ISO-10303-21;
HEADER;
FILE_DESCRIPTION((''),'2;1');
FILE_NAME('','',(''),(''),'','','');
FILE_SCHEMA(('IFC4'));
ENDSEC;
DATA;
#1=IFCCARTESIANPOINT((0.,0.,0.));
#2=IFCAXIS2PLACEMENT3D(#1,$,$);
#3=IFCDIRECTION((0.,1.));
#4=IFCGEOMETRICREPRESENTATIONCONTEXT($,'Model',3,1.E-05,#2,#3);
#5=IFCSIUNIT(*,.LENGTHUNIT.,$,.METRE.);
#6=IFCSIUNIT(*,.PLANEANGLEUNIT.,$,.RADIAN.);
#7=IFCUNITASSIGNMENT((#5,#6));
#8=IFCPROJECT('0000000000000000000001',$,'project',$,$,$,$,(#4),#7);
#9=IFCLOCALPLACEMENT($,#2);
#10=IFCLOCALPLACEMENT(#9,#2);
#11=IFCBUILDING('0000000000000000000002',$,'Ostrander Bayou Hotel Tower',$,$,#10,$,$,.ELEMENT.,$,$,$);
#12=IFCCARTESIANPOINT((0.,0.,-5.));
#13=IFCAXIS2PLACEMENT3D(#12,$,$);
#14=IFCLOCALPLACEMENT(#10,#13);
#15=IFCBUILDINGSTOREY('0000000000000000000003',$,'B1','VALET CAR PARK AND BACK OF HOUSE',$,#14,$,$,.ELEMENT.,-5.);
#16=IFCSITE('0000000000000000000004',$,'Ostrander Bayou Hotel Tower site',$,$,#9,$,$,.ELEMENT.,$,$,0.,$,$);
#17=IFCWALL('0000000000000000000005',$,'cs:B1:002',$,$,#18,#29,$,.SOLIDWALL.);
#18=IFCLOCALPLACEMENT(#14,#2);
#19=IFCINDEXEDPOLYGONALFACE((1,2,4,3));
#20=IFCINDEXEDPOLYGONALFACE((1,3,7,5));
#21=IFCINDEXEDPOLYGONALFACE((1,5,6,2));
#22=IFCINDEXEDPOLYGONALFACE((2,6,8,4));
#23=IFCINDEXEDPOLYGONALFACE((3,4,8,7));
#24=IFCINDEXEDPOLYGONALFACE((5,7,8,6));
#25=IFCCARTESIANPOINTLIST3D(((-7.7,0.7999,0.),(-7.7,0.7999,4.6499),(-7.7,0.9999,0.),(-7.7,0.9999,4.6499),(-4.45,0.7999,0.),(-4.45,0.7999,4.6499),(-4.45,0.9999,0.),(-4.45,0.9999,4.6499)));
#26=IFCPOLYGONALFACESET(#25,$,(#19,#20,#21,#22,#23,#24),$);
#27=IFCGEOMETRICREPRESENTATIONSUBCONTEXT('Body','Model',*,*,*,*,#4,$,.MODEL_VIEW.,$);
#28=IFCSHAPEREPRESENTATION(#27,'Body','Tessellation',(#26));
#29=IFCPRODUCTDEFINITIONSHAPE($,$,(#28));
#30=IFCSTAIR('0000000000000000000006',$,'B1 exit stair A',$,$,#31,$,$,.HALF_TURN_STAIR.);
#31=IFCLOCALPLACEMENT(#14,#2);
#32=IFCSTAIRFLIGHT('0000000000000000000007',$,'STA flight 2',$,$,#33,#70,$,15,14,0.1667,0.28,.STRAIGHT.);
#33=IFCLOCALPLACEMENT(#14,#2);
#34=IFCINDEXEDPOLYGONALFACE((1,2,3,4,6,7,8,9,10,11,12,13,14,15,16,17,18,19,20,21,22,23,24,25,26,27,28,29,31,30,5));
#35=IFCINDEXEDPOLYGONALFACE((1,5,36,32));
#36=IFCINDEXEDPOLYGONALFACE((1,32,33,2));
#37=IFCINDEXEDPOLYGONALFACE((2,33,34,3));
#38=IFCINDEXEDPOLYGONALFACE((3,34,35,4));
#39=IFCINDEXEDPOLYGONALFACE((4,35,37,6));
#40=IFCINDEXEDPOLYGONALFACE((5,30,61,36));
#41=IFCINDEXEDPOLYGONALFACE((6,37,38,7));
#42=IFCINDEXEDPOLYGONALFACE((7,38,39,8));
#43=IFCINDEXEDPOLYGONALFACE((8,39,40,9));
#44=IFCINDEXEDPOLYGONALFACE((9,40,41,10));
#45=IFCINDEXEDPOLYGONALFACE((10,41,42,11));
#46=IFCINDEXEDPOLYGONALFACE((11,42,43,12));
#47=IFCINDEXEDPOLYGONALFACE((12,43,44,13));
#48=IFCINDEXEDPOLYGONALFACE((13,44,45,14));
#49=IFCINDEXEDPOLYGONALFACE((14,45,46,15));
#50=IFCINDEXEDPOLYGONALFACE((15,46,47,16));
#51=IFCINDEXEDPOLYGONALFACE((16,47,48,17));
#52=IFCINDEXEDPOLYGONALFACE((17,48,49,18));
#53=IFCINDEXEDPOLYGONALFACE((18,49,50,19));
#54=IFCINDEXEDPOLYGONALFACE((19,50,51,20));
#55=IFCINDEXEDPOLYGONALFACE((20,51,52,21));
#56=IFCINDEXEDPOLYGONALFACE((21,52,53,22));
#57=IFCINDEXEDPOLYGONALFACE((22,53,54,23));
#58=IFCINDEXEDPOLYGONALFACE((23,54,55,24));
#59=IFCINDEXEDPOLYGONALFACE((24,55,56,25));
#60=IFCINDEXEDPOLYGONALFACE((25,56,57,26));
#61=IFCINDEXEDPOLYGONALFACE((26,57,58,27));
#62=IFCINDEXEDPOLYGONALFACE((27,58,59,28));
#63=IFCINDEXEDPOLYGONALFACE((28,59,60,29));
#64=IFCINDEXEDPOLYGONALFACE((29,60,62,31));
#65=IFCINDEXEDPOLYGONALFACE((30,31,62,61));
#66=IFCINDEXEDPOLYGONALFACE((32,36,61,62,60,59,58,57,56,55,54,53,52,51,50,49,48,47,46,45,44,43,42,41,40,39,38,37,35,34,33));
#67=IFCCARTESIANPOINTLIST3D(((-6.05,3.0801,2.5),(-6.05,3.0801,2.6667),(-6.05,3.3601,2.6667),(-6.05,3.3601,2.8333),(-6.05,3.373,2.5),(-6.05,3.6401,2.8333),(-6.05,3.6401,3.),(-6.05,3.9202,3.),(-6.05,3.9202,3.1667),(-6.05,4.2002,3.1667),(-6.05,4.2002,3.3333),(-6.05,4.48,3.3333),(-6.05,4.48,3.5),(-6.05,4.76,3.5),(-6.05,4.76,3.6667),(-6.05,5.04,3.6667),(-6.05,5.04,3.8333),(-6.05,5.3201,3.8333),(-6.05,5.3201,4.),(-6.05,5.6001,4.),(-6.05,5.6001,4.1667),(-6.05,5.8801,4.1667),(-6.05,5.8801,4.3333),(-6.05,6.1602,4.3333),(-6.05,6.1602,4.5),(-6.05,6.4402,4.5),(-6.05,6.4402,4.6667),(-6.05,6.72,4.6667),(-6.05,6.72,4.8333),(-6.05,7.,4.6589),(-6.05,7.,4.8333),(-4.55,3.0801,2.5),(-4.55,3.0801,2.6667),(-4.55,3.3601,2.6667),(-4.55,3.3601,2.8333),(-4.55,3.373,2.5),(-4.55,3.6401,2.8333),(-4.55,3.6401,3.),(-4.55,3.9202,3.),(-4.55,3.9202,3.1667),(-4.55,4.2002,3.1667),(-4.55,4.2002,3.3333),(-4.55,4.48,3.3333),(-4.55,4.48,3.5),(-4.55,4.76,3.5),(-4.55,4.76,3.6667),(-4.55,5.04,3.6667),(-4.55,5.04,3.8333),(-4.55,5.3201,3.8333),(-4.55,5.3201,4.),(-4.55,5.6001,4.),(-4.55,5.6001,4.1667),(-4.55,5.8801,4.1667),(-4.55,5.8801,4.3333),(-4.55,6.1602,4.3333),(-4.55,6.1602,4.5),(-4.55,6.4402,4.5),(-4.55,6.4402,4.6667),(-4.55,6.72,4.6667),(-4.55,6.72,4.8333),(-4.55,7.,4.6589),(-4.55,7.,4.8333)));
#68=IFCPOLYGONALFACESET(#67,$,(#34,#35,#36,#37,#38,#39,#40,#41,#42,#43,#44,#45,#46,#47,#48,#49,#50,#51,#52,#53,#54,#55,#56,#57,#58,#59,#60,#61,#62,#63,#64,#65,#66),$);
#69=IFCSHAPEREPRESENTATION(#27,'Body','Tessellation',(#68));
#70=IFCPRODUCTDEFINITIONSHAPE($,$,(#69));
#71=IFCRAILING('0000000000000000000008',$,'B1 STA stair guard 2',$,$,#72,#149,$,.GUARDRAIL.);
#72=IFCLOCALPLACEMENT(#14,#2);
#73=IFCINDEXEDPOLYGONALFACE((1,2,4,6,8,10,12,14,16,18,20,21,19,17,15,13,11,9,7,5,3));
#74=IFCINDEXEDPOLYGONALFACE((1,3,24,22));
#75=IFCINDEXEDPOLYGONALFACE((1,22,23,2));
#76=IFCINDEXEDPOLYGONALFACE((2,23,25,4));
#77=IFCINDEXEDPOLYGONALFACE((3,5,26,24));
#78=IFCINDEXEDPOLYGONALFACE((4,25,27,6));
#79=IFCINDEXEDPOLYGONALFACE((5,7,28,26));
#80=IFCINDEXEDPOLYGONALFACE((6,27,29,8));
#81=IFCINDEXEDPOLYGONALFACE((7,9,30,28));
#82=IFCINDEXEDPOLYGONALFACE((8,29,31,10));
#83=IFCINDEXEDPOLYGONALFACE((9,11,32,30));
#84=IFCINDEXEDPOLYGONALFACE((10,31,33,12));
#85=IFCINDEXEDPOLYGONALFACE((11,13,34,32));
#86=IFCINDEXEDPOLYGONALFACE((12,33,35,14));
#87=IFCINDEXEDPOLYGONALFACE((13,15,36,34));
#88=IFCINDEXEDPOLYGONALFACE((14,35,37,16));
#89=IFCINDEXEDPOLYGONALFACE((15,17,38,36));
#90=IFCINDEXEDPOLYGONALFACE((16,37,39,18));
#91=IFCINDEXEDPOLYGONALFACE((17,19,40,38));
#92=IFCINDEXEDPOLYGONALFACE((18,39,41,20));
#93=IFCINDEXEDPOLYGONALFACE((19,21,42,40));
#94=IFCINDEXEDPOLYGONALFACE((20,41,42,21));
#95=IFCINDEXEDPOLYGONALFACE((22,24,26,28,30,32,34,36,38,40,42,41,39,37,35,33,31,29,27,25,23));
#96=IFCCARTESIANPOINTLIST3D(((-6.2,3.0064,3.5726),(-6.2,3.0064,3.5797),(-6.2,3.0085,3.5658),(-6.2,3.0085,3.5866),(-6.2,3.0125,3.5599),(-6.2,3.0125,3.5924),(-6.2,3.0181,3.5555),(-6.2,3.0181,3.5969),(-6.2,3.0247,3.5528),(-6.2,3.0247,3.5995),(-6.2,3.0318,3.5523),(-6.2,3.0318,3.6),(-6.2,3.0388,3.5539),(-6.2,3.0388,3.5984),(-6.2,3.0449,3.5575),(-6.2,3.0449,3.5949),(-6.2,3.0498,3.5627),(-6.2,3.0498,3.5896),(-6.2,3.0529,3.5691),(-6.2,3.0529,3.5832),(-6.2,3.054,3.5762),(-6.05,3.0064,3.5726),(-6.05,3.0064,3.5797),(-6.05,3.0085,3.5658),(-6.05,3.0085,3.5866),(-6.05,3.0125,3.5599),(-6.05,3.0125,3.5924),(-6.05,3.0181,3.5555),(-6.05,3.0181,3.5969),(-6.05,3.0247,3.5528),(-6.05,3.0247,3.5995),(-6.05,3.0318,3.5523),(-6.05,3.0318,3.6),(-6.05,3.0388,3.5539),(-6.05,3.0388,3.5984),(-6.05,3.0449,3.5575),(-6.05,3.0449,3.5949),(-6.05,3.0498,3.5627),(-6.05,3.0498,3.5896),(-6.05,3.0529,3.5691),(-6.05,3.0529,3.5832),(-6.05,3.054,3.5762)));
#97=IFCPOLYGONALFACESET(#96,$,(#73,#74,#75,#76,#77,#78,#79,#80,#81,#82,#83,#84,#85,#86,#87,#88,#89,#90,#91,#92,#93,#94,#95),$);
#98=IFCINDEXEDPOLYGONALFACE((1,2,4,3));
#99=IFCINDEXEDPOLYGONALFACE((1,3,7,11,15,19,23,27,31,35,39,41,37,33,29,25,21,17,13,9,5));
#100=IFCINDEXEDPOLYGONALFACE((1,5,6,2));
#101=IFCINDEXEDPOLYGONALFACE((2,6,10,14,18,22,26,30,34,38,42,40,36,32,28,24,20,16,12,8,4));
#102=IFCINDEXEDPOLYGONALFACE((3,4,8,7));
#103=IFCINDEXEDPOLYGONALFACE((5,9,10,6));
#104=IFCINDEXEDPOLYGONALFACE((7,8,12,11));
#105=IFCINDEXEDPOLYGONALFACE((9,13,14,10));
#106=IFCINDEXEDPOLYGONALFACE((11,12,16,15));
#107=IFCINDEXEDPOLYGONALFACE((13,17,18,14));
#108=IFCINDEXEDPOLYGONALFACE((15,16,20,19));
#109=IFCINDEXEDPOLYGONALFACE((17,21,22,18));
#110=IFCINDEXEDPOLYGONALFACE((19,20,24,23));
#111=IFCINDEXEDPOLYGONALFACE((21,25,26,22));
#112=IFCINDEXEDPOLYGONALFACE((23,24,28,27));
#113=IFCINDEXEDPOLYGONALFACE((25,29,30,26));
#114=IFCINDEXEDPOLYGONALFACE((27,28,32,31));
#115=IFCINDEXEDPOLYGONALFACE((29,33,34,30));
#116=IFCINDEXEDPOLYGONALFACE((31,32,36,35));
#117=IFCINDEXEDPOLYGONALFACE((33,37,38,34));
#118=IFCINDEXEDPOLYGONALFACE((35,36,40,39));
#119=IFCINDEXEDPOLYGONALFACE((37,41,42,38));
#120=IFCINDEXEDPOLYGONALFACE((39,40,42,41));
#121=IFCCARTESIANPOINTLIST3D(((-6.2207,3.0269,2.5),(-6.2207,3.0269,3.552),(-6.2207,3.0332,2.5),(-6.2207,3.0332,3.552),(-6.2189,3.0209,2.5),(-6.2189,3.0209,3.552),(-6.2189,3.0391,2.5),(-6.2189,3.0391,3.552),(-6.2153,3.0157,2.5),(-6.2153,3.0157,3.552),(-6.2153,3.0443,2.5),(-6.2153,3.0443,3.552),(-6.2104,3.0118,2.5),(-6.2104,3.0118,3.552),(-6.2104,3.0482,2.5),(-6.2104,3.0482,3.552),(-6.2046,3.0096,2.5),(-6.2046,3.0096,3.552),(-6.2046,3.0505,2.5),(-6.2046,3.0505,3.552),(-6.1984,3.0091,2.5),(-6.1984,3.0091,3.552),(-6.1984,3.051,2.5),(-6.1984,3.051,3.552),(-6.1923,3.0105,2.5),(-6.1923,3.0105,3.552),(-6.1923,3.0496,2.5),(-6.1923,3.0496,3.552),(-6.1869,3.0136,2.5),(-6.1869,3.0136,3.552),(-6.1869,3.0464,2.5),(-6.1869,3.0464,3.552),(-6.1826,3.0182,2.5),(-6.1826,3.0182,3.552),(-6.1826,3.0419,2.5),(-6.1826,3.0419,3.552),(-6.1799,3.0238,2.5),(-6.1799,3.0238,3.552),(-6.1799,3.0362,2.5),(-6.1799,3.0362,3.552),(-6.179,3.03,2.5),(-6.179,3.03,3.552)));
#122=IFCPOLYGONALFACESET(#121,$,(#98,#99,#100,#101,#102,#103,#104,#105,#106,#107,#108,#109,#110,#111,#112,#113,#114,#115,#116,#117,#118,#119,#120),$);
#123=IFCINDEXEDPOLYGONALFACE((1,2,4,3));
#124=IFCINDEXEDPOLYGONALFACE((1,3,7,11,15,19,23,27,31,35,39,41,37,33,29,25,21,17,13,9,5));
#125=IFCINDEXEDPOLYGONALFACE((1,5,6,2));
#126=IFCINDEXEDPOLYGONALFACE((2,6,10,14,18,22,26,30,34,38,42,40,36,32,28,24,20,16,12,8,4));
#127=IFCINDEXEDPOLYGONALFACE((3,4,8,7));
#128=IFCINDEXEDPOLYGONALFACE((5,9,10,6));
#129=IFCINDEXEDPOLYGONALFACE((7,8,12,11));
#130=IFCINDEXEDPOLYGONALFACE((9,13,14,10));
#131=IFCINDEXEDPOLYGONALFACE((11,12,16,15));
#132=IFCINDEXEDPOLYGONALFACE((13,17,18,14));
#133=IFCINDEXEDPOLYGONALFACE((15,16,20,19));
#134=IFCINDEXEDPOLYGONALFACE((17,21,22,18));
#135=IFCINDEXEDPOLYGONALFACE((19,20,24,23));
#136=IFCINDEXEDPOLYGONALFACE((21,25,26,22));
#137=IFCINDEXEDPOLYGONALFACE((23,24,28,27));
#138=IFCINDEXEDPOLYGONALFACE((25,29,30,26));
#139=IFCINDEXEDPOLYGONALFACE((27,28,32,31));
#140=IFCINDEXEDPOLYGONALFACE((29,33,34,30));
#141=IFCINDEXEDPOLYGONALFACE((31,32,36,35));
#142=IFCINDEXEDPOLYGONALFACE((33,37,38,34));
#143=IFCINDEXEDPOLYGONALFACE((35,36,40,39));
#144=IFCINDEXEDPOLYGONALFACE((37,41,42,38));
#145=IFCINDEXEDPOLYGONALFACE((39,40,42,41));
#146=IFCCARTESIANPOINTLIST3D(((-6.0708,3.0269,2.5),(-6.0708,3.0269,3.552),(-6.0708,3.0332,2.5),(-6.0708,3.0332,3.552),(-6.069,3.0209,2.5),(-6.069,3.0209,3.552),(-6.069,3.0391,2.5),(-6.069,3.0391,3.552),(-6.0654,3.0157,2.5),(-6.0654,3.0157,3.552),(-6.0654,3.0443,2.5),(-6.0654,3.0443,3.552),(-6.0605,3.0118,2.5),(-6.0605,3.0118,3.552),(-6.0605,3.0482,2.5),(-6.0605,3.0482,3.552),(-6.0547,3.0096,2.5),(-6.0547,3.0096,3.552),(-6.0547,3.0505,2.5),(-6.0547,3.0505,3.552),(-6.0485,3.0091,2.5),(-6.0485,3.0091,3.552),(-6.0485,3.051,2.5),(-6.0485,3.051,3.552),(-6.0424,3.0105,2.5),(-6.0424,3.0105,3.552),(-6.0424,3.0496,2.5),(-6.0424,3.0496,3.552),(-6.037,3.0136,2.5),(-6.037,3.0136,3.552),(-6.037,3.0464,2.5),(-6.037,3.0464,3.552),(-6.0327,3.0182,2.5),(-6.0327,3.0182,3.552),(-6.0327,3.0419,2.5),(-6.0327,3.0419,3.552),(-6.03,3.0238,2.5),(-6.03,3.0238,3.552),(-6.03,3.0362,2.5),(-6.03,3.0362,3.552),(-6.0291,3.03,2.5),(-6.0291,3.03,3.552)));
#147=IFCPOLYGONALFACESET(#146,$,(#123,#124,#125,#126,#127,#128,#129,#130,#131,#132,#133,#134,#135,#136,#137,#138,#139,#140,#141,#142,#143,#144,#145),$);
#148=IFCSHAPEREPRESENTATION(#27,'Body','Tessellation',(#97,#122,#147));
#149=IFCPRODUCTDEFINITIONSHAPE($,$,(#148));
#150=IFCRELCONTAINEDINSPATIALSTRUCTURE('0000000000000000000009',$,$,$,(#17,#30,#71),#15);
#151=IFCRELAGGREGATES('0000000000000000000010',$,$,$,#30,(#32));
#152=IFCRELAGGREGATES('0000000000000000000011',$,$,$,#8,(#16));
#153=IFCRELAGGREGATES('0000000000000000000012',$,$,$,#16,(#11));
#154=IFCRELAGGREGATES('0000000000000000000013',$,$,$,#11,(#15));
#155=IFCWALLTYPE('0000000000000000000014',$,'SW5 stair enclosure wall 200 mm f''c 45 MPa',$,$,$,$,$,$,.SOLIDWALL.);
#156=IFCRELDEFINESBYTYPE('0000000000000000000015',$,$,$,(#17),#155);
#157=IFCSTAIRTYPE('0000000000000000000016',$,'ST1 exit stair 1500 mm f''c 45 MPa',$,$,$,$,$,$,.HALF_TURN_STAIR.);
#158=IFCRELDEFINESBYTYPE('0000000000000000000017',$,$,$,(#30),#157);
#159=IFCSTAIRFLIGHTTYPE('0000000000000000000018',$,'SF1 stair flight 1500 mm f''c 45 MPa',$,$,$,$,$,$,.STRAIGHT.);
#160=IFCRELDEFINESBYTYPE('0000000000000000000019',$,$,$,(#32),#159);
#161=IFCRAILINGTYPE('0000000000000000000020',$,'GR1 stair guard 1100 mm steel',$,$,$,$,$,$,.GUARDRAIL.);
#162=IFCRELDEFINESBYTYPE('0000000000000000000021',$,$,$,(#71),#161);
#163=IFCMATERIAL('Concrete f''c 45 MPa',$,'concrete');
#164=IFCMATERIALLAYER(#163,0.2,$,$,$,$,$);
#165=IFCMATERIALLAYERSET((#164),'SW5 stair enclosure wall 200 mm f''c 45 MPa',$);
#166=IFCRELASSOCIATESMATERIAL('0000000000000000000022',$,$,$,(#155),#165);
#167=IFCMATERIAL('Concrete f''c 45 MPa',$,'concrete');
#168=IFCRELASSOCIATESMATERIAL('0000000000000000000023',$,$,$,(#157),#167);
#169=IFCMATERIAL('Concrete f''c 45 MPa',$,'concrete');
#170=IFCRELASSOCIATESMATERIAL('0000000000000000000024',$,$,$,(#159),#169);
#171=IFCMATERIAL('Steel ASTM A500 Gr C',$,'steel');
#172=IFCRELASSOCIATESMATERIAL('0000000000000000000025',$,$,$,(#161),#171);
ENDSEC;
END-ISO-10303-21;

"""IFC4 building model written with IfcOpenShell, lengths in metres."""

from ifc_helpers import new_model, si_unit, direction, frame, frame_2d, origin, origin_2d, place, context, subcontext, project, spatial, polyline, rectangle, circle, outline, extrude, material, layer, layer_set, type_object, element, aggregate, save


model = new_model("IFC4")

# Units and contexts
model_context = context("Model", 3, precision=1e-05, world=origin(), true_north=direction((0.0, 1.0)))
body_context = subcontext(model_context, "Body", "Model", "MODEL_VIEW")
ifc_project = project(units=[si_unit("LENGTHUNIT", "METRE"), si_unit("PLANEANGLEUNIT", "RADIAN")], contexts=[model_context])

# Site, building, storey
site_placement = place(None, origin())
site = spatial("IfcSite", under=ifc_project, at=site_placement, Name="Ostrander Bayou Hotel Tower site", CompositionType="ELEMENT", RefElevation=0.0)
building_placement = place(site_placement, origin())
building = spatial("IfcBuilding", under=site, at=building_placement, Name="Ostrander Bayou Hotel Tower", CompositionType="ELEMENT")
storey_placement = place(building_placement, frame((0.0, 0.0, -5.0)))
storey = spatial("IfcBuildingStorey", under=building, at=storey_placement, Name="B1", Description="VALET CAR PARK AND BACK OF HOUSE", CompositionType="ELEMENT", Elevation=-5.0)

# Wall
ifc_material_1 = material(Name="Concrete f'c 45 MPa", Category="concrete")
ifc_layer_1 = layer(ifc_material_1, 0.2)
ifc_layer_set_1 = layer_set([ifc_layer_1], Name="SW5 stair enclosure wall 200 mm f'c 45 MPa")
wall_type_1 = type_object("IfcWallType", Name="SW5 stair enclosure wall 200 mm f'c 45 MPa", PredefinedType="SOLIDWALL", material=ifc_layer_set_1)
wall_1_placement = place(storey_placement, frame((-7.7, 0.8999, 0.0), z_axis=(0.0, 0.0, 1.0), x_axis=(1.0, 0.0, 0.0)))
element("IfcWall", 1, at=wall_1_placement, inside=storey, type_object=wall_type_1, Name="cs:B1:002", PredefinedType="SOLIDWALL", context=body_context, shape_type="SweptSolid", body=[
    extrude(rectangle(XDim=3.25, YDim=0.2, at=frame_2d((1.625, 0.0))), origin(), (0.0, 0.0, 1.0), 4.6499),
])

# Stair, stair flight
ifc_material_2 = material(Name="Concrete f'c 45 MPa", Category="concrete")
stair_type = type_object("IfcStairType", Name="ST1 exit stair 1500 mm f'c 45 MPa", PredefinedType="HALF_TURN_STAIR", material=ifc_material_2)
stair_placement = place(storey_placement, origin())
stair = element("IfcStair", 2, at=stair_placement, inside=storey, type_object=stair_type, Name="B1 exit stair A", PredefinedType="HALF_TURN_STAIR")
ifc_material_3 = material(Name="Concrete f'c 45 MPa", Category="concrete")
stair_flight_type = type_object("IfcStairFlightType", Name="SF1 stair flight 1500 mm f'c 45 MPa", PredefinedType="STRAIGHT", material=ifc_material_3)
stair_flight_placement = place(storey_placement, frame((-5.3, 3.0801, 2.5), z_axis=(0.0, 0.0, 1.0), x_axis=(0.0, 1.0, 0.0)))
stair_flight = element("IfcStairFlight", 3, at=stair_flight_placement, type_object=stair_flight_type, Name="STA flight 2", NumberOfRisers=15, NumberOfTreads=14, PredefinedType="STRAIGHT", RiserHeight=0.1667, TreadLength=0.28, context=body_context, shape_type="SweptSolid", body=[
    extrude(outline(polyline([(0.0, 0.0), (0.0, 0.1667), (0.28, 0.1667), (0.28, 0.3333), (0.5601, 0.3333), (0.5601, 0.5), (0.8401, 0.5), (0.8401, 0.6667), (1.1201, 0.6667), (1.1201, 0.8333), (1.3999, 0.8333), (1.3999, 1.0), (1.6799, 1.0), (1.6799, 1.1667), (1.96, 1.1667), (1.96, 1.3333), (2.24, 1.3333), (2.24, 1.5), (2.52, 1.5), (2.52, 1.6667), (2.8, 1.6667), (2.8, 1.8333), (3.0801, 1.8333), (3.0801, 2.0), (3.3601, 2.0), (3.3601, 2.1667), (3.6399, 2.1667), (3.6399, 2.3333), (3.9199, 2.3333), (3.9199, 2.5), (3.9199, 2.1589), (0.293, 0.0), (0.0, 0.0)])), frame((0.0, 0.75, 0.0), z_axis=(0.0, -1.0, 0.0), x_axis=(1.0, 0.0, 0.0)), (0.0, 0.0, 1.0), 1.5),
])
aggregate(stair, [stair_flight])

# Railing
ifc_material_4 = material(Name="Steel ASTM A500 Gr C", Category="steel")
railing_type_1 = type_object("IfcRailingType", Name="GR1 stair guard 1100 mm steel", PredefinedType="GUARDRAIL", material=ifc_material_4)
railing_1_placement = place(storey_placement, frame((-6.2, 3.03, 2.5)))
element("IfcRailing", 4, at=railing_1_placement, inside=storey, type_object=railing_type_1, Name="B1 STA stair guard 2", PredefinedType="GUARDRAIL", context=body_context, shape_type="SweptSolid", body=[
    extrude(circle(Radius=0.0239, at=origin_2d()), frame((0.0, 0.0, 1.0762), z_axis=(1.0, 0.0, 0.0), x_axis=(0.0, 1.0, 0.0)), (0.0, 0.0, 1.0), 0.1499),
    extrude(circle(Radius=0.021, at=origin_2d()), origin(), (0.0, 0.0, 1.0), 1.052),
    extrude(circle(Radius=0.021, at=origin_2d()), frame((0.1499, 0.0, 0.0)), (0.0, 0.0, 1.0), 1.052),
])

save(model, "model.ifc")
